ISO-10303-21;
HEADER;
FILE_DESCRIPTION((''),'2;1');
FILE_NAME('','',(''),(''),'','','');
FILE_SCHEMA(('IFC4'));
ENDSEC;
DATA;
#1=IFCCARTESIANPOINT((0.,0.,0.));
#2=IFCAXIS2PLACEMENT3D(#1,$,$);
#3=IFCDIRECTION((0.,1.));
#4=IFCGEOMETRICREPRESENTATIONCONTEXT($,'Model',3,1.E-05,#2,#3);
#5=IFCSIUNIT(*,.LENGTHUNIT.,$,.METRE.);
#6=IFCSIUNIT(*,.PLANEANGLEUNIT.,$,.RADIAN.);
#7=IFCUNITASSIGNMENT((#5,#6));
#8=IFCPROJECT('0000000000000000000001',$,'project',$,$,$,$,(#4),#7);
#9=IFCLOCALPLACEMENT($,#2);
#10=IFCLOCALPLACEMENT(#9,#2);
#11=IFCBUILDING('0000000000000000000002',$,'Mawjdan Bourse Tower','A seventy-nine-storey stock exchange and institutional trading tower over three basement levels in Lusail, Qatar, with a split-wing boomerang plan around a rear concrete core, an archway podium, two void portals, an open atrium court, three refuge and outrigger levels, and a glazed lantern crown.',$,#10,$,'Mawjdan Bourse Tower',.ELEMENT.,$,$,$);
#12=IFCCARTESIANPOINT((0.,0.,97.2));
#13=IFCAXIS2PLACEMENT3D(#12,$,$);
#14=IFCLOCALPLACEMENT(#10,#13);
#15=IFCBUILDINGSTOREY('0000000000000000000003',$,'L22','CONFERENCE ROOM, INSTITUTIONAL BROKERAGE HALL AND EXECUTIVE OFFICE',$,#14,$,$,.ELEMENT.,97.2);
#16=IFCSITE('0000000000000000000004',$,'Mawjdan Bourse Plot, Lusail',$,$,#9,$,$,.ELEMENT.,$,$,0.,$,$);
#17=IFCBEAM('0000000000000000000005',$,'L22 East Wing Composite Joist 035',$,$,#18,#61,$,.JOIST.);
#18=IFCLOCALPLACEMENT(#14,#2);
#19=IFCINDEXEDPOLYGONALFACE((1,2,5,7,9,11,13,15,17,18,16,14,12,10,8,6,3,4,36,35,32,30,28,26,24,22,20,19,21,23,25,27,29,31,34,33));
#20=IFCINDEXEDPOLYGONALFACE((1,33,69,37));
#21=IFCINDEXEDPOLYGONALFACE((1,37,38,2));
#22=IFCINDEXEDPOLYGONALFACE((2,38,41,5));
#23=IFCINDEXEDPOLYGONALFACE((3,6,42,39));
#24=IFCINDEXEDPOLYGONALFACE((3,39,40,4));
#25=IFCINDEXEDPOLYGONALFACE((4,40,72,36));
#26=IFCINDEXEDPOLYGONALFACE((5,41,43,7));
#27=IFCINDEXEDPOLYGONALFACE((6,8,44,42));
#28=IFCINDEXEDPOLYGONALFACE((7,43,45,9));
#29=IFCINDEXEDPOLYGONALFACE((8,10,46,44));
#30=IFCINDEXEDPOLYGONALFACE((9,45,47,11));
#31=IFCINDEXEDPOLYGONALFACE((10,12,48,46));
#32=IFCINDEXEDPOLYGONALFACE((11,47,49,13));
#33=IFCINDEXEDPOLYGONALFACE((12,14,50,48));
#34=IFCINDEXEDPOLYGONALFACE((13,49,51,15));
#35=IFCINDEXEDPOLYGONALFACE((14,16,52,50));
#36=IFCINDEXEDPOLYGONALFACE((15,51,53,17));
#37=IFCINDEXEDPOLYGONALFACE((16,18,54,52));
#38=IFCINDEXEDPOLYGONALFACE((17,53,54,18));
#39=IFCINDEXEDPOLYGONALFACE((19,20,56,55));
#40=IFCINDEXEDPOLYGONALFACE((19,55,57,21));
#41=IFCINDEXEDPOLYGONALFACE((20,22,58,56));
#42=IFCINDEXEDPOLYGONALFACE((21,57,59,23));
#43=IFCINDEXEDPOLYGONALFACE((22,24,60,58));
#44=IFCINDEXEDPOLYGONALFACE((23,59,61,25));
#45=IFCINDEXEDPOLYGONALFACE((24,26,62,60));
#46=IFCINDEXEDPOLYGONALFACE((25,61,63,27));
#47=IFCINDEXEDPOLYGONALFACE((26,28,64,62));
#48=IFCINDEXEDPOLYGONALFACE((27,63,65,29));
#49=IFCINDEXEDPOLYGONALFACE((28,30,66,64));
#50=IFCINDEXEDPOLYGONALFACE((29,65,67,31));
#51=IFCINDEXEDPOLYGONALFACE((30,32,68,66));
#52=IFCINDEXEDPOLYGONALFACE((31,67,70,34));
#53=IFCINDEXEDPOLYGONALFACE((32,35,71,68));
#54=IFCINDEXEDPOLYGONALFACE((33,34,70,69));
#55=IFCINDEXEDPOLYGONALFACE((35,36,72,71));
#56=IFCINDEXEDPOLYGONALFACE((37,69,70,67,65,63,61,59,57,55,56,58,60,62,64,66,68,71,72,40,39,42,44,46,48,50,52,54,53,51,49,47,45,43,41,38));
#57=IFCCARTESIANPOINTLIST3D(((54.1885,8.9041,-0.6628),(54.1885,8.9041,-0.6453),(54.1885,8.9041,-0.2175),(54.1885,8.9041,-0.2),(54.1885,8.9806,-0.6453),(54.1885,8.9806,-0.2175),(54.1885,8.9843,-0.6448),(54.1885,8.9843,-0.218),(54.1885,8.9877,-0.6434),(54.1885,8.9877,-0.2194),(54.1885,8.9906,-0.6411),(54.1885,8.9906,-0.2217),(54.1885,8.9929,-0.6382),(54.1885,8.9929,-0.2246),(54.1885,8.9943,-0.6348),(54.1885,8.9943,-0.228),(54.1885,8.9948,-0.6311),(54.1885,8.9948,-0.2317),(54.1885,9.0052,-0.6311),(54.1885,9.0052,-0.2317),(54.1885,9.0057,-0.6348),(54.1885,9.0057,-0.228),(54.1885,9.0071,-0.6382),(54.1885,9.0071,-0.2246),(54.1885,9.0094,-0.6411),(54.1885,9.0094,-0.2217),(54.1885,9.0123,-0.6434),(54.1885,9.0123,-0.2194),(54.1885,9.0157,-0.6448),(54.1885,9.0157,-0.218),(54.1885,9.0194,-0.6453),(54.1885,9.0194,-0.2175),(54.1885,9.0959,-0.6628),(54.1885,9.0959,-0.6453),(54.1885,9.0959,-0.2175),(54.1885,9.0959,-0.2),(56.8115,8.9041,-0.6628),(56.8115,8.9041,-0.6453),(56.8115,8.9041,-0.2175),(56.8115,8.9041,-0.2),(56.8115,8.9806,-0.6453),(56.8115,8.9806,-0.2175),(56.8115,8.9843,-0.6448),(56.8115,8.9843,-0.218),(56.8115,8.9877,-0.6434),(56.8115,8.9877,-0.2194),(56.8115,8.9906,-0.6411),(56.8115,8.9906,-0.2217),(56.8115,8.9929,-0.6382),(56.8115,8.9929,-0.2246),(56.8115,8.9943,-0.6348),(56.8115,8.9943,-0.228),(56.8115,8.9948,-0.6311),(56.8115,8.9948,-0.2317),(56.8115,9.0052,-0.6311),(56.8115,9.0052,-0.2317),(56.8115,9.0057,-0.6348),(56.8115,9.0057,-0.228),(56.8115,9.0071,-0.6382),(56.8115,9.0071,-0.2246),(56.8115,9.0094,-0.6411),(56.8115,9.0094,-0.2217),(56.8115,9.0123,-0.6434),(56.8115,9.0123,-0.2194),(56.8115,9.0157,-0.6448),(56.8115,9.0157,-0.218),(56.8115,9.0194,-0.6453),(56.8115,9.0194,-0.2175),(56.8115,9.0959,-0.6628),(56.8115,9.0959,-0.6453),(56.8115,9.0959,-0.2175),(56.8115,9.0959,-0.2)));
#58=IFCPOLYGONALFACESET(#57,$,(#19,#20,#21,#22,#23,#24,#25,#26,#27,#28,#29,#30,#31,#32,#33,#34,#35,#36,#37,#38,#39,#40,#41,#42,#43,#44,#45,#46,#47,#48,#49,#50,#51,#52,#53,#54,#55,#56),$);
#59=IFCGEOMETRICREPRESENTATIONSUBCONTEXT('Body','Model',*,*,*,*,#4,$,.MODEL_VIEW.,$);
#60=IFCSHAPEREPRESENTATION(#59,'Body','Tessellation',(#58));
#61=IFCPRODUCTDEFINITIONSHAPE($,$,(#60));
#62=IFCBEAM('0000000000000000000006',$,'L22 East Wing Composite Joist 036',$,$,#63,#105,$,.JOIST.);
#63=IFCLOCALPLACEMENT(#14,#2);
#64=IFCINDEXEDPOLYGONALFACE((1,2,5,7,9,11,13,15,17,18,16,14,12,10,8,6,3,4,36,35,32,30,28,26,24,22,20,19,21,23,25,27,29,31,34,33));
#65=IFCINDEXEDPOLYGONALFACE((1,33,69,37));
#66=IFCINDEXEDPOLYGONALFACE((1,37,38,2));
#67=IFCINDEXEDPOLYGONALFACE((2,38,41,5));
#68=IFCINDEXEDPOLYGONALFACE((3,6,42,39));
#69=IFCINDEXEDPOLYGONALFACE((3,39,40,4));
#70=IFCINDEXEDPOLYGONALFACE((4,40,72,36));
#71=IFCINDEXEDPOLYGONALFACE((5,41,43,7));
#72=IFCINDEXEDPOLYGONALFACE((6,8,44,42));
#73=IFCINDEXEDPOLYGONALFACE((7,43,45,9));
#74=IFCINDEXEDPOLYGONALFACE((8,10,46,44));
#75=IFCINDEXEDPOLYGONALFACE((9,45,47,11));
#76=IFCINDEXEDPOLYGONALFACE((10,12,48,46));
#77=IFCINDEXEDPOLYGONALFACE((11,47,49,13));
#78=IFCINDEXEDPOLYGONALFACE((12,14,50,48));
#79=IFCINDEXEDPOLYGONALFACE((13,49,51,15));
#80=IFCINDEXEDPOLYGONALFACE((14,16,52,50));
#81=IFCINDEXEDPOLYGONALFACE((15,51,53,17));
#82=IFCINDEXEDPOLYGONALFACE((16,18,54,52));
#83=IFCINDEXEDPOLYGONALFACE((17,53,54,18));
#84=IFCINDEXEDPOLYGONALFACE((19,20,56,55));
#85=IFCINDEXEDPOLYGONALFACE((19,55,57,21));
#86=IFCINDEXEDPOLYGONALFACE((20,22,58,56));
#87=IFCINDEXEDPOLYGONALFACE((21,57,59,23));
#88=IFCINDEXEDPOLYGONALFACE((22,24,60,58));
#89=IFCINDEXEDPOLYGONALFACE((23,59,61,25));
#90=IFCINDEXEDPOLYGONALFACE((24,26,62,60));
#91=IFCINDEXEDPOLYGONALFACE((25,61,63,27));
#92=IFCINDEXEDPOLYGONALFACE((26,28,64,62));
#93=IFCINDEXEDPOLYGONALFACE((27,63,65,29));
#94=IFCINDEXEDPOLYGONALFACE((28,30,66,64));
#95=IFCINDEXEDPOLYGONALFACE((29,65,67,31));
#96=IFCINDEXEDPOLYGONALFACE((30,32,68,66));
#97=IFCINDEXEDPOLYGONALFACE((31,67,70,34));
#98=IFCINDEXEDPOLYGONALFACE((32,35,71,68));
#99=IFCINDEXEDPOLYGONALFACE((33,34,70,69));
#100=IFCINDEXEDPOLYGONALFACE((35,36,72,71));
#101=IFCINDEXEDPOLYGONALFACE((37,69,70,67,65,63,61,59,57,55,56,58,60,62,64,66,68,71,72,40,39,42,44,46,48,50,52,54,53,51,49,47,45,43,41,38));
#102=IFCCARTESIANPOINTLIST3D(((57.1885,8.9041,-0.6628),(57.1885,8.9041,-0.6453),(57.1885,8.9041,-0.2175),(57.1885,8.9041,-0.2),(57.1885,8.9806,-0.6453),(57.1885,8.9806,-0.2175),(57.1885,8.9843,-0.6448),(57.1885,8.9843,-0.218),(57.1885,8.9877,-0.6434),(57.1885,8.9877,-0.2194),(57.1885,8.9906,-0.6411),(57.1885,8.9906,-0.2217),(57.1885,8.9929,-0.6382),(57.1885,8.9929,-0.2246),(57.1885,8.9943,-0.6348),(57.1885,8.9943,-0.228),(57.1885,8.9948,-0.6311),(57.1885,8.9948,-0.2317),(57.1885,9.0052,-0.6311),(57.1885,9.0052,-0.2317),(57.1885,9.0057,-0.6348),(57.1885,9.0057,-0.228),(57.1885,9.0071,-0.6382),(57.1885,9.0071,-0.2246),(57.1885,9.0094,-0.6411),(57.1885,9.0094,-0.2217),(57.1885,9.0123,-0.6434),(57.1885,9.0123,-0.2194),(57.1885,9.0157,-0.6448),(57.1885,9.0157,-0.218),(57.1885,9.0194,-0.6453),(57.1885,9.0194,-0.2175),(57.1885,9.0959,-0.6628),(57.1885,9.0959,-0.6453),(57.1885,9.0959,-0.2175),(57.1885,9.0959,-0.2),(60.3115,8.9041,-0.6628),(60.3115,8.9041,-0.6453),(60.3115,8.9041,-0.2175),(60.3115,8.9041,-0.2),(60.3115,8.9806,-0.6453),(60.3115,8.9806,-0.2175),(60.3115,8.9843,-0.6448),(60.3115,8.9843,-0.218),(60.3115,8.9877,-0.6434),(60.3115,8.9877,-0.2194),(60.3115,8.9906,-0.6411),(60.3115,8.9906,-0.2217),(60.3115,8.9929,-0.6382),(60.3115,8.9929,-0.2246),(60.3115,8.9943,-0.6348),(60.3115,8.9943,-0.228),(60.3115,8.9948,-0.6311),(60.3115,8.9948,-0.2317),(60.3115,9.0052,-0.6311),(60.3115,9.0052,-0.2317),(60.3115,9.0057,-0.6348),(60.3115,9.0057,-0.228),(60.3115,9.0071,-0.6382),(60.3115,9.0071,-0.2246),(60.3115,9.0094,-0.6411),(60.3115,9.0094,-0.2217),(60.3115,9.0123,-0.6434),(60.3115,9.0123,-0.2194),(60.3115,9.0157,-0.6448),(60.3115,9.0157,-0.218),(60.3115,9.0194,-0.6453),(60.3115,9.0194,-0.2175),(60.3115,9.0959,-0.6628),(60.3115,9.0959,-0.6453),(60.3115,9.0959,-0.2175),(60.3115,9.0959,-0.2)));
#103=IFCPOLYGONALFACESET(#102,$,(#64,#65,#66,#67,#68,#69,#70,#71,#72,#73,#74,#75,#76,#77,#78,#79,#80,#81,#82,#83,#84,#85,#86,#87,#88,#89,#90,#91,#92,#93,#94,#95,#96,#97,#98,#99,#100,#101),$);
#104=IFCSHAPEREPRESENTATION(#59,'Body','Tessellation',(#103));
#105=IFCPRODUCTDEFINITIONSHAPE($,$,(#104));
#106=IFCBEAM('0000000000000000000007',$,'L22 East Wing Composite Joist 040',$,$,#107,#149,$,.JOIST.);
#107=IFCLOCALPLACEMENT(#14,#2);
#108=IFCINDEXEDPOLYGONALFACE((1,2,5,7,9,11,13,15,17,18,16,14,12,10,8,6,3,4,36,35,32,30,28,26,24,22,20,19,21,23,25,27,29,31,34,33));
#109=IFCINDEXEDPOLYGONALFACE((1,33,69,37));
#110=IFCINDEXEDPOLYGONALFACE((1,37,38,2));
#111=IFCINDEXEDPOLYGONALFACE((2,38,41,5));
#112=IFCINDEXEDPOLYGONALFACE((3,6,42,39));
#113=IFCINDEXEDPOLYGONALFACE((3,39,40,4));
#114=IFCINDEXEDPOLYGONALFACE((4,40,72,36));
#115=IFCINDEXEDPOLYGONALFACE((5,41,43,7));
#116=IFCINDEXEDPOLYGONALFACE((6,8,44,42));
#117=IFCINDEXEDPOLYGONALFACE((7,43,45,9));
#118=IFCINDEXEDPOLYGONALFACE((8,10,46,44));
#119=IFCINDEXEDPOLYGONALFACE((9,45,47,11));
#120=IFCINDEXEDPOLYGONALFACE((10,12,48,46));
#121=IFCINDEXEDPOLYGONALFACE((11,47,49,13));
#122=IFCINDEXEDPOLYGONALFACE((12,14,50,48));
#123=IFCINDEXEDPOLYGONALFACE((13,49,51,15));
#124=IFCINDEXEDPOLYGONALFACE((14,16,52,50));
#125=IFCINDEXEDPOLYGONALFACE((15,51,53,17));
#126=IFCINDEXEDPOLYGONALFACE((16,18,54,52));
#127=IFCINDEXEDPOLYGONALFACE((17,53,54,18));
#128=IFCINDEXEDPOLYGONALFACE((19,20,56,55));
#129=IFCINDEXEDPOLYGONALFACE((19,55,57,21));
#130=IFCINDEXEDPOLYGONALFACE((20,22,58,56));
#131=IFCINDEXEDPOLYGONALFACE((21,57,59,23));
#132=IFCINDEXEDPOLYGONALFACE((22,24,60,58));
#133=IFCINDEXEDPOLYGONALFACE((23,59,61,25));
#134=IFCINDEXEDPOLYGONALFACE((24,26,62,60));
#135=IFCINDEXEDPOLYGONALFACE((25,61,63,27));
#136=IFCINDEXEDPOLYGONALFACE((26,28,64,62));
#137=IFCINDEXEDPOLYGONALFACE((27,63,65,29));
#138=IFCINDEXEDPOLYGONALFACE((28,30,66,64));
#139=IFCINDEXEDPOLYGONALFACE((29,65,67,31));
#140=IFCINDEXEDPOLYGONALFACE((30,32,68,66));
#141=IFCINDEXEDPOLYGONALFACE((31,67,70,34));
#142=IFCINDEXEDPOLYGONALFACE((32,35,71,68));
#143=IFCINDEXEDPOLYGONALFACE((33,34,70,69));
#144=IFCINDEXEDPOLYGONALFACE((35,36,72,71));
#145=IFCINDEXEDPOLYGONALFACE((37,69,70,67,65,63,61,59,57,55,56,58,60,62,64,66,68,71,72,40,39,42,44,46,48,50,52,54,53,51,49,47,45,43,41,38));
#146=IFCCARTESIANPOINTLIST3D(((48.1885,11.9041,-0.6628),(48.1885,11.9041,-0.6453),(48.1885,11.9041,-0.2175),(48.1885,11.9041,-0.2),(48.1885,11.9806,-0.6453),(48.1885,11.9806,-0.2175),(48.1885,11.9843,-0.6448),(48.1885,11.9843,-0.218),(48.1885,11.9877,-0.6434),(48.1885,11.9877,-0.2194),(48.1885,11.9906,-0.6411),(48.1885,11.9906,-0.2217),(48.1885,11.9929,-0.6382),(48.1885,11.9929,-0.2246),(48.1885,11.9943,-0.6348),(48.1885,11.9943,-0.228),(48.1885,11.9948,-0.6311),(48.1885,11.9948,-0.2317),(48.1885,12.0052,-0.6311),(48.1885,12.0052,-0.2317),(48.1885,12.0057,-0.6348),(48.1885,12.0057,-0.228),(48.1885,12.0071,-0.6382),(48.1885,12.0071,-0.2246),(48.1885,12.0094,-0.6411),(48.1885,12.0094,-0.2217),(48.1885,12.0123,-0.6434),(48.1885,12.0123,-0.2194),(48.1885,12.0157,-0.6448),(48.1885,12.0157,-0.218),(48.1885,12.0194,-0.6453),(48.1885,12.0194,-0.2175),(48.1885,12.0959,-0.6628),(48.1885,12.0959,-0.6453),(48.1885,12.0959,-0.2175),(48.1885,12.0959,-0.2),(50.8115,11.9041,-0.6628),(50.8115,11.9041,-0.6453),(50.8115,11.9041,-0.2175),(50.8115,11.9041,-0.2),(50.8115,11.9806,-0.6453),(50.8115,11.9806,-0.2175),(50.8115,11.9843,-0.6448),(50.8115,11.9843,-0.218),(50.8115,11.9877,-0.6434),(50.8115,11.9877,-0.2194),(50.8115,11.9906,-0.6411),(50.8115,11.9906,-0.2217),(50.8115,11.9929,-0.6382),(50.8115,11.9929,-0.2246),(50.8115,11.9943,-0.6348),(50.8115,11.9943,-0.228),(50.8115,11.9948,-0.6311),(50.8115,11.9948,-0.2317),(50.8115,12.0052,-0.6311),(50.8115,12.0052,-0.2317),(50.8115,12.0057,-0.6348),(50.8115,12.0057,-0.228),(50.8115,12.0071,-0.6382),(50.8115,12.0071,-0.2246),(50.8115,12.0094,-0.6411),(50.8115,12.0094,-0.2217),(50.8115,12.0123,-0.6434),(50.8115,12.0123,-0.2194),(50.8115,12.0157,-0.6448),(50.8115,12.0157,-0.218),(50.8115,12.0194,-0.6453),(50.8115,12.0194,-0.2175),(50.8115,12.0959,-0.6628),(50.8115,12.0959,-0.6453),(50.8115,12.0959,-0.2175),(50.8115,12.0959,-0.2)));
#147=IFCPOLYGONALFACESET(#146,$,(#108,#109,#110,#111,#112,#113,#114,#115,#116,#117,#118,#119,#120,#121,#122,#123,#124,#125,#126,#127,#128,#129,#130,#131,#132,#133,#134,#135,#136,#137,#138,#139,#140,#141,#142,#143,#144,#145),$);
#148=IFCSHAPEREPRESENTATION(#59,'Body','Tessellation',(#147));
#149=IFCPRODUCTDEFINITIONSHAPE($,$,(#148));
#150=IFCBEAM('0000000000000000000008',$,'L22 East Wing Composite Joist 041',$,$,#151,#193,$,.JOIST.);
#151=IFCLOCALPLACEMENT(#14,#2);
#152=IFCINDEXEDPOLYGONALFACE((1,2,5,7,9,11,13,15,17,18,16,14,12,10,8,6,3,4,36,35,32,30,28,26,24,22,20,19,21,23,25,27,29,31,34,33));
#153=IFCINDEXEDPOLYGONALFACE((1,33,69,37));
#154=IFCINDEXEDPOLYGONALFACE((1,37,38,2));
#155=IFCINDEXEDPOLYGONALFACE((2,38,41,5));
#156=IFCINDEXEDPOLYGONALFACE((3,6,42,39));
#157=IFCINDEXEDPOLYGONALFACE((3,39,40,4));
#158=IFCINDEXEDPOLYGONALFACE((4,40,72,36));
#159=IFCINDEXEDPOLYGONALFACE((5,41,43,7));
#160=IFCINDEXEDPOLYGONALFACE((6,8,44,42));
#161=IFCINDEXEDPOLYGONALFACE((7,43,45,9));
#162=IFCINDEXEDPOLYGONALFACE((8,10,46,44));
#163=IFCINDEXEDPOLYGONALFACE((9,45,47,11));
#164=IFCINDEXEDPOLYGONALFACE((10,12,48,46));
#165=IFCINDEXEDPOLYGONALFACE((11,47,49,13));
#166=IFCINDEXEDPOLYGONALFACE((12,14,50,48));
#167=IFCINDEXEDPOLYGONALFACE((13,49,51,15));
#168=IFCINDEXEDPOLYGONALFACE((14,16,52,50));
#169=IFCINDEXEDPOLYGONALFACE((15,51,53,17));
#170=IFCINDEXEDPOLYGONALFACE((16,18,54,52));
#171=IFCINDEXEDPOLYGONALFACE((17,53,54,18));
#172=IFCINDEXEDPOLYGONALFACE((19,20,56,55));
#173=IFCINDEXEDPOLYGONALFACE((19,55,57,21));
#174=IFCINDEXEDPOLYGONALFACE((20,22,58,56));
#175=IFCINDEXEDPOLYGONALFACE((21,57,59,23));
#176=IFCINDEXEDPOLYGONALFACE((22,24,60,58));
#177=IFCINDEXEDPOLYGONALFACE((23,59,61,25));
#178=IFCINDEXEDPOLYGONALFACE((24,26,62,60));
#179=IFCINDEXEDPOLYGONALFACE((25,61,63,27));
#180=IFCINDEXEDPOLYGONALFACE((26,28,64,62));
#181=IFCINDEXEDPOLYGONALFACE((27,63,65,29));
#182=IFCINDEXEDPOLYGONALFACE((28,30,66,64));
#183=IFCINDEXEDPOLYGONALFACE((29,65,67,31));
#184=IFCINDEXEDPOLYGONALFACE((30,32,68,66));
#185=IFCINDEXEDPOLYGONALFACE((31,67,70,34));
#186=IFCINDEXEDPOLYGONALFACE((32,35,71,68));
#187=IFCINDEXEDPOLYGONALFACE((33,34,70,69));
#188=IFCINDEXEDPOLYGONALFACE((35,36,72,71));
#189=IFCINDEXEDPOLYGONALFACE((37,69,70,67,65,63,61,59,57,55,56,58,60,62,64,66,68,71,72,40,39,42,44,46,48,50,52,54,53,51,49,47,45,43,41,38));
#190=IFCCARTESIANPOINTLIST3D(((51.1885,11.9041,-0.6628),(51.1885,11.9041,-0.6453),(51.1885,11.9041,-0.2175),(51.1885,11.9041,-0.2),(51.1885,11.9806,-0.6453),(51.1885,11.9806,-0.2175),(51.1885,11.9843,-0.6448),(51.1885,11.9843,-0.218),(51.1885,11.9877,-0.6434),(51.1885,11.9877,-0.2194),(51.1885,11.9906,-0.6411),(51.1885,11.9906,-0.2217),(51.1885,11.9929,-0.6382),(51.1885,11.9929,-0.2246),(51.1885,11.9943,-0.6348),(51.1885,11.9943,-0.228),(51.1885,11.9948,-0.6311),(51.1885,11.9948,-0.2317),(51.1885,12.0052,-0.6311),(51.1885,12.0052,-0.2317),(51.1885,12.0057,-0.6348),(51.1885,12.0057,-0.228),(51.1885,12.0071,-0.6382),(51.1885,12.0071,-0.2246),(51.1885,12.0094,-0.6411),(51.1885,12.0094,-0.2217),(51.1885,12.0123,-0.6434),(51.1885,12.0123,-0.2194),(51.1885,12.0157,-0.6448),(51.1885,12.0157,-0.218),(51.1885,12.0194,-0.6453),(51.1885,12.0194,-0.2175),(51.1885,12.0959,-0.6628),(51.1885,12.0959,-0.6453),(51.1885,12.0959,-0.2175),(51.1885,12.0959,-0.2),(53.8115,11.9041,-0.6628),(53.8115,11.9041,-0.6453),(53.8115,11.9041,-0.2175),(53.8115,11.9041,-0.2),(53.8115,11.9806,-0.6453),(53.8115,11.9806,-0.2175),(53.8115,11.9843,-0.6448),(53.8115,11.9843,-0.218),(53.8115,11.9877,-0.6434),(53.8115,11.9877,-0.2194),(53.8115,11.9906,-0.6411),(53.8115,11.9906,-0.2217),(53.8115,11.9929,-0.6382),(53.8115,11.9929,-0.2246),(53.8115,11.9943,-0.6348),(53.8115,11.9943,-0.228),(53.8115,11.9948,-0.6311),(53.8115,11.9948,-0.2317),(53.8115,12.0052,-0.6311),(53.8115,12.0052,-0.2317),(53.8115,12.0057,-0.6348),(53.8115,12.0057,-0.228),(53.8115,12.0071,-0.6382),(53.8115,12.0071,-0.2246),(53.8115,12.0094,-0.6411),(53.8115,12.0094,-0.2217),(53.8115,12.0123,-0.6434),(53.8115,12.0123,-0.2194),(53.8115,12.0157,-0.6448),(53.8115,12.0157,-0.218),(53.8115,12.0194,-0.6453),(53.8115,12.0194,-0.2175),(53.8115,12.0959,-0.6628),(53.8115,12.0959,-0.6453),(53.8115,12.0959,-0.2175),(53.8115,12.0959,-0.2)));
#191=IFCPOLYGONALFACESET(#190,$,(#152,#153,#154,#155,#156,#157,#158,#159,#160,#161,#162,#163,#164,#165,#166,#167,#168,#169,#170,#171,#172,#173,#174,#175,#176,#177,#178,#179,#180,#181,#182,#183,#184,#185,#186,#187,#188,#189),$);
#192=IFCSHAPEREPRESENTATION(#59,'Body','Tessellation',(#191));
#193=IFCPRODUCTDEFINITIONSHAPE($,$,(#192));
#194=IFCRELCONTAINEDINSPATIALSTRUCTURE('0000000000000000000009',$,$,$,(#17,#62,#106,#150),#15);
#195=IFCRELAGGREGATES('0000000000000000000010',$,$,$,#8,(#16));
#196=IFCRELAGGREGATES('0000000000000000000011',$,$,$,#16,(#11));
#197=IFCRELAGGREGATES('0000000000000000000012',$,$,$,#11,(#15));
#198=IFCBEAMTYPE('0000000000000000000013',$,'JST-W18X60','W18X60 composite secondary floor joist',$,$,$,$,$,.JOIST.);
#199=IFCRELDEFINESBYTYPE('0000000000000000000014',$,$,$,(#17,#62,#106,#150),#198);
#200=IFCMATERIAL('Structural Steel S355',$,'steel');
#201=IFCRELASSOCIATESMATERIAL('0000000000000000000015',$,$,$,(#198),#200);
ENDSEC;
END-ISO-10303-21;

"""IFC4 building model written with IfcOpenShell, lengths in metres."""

from ifc_helpers import new_model, si_unit, direction, frame, origin, origin_2d, place, context, subcontext, project, spatial, i_section, extrude, material, material_profile, profile_set, type_object, element, save


model = new_model("IFC4")

# Units and contexts
model_context = context("Model", 3, precision=1e-05, world=origin(), true_north=direction((0.0, 1.0)))
body_context = subcontext(model_context, "Body", "Model", "MODEL_VIEW")
ifc_project = project(units=[si_unit("LENGTHUNIT", "METRE"), si_unit("PLANEANGLEUNIT", "RADIAN")], contexts=[model_context])

# Site, building, storey
site_placement = place(None, origin())
site = spatial("IfcSite", under=ifc_project, at=site_placement, Name="Mawjdan Bourse Plot, Lusail", CompositionType="ELEMENT", RefElevation=0.0)
building_placement = place(site_placement, origin())
building = spatial("IfcBuilding", under=site, at=building_placement, Name="Mawjdan Bourse Tower", Description="A seventy-nine-storey stock exchange and institutional trading tower over three basement levels in Lusail, Qatar, with a split-wing boomerang plan around a rear concrete core, an archway podium, two void portals, an open atrium court, three refuge and outrigger levels, and a glazed lantern crown.", LongName="Mawjdan Bourse Tower", CompositionType="ELEMENT")
storey_placement = place(building_placement, frame((0.0, 0.0, 97.2)))
storey = spatial("IfcBuildingStorey", under=building, at=storey_placement, Name="L22", Description="CONFERENCE ROOM, INSTITUTIONAL BROKERAGE HALL AND EXECUTIVE OFFICE", CompositionType="ELEMENT", Elevation=97.2)

# Beams
ifc_material_1 = material(Name="Structural Steel S355", Category="steel")
ifc_material_profile_1 = material_profile(ifc_material_1, i_section(OverallWidth=0.1919, OverallDepth=0.4629, WebThickness=0.0105, FlangeThickness=0.0176, FilletRadius=0.0142, at=origin_2d()), Name="W18X60")
ifc_profile_set_1 = profile_set([ifc_material_profile_1], Name="Structural Steel S355")
beam_type_1 = type_object("IfcBeamType", Name="JST-W18X60", Description="W18X60 composite secondary floor joist", PredefinedType="JOIST", material=ifc_profile_set_1)
for number, where, z_axis, x_axis, name in (
    (1, (54.1885, 9.0, -0.4314), (1.0, 0.0, 0.0), (0.0, 1.0, 0.0), "L22 East Wing Composite Joist 035"),
):
    element("IfcBeam", number, at=place(storey_placement, frame(where, z_axis=z_axis, x_axis=x_axis)), inside=storey, type_object=beam_type_1, Name=name, PredefinedType="JOIST", context=body_context, shape_type="SweptSolid", body=[
        extrude(i_section(OverallWidth=0.1919, OverallDepth=0.4629, WebThickness=0.0105, FlangeThickness=0.0176, FilletRadius=0.0142, at=origin_2d()), origin(), (0.0, 0.0, 1.0), 2.623),
    ])
beam_1_placement = place(storey_placement, frame((57.1885, 9.0, -0.4314), z_axis=(1.0, 0.0, 0.0), x_axis=(0.0, 1.0, 0.0)))
element("IfcBeam", 2, at=beam_1_placement, inside=storey, type_object=beam_type_1, Name="L22 East Wing Composite Joist 036", PredefinedType="JOIST", context=body_context, shape_type="SweptSolid", body=[
    extrude(i_section(OverallWidth=0.1919, OverallDepth=0.4629, WebThickness=0.0105, FlangeThickness=0.0176, FilletRadius=0.0142, at=origin_2d()), origin(), (0.0, 0.0, 1.0), 3.123),
])
for number, where, z_axis, x_axis, name in (
    (3, (48.1885, 12.0, -0.4314), (1.0, 0.0, 0.0), (0.0, 1.0, 0.0), "L22 East Wing Composite Joist 040"),
    (4, (51.1885, 12.0, -0.4314), (1.0, 0.0, 0.0), (0.0, 1.0, 0.0), "L22 East Wing Composite Joist 041"),
):
    element("IfcBeam", number, at=place(storey_placement, frame(where, z_axis=z_axis, x_axis=x_axis)), inside=storey, type_object=beam_type_1, Name=name, PredefinedType="JOIST", context=body_context, shape_type="SweptSolid", body=[
        extrude(i_section(OverallWidth=0.1919, OverallDepth=0.4629, WebThickness=0.0105, FlangeThickness=0.0176, FilletRadius=0.0142, at=origin_2d()), origin(), (0.0, 0.0, 1.0), 2.623),
    ])

save(model, "model.ifc")
